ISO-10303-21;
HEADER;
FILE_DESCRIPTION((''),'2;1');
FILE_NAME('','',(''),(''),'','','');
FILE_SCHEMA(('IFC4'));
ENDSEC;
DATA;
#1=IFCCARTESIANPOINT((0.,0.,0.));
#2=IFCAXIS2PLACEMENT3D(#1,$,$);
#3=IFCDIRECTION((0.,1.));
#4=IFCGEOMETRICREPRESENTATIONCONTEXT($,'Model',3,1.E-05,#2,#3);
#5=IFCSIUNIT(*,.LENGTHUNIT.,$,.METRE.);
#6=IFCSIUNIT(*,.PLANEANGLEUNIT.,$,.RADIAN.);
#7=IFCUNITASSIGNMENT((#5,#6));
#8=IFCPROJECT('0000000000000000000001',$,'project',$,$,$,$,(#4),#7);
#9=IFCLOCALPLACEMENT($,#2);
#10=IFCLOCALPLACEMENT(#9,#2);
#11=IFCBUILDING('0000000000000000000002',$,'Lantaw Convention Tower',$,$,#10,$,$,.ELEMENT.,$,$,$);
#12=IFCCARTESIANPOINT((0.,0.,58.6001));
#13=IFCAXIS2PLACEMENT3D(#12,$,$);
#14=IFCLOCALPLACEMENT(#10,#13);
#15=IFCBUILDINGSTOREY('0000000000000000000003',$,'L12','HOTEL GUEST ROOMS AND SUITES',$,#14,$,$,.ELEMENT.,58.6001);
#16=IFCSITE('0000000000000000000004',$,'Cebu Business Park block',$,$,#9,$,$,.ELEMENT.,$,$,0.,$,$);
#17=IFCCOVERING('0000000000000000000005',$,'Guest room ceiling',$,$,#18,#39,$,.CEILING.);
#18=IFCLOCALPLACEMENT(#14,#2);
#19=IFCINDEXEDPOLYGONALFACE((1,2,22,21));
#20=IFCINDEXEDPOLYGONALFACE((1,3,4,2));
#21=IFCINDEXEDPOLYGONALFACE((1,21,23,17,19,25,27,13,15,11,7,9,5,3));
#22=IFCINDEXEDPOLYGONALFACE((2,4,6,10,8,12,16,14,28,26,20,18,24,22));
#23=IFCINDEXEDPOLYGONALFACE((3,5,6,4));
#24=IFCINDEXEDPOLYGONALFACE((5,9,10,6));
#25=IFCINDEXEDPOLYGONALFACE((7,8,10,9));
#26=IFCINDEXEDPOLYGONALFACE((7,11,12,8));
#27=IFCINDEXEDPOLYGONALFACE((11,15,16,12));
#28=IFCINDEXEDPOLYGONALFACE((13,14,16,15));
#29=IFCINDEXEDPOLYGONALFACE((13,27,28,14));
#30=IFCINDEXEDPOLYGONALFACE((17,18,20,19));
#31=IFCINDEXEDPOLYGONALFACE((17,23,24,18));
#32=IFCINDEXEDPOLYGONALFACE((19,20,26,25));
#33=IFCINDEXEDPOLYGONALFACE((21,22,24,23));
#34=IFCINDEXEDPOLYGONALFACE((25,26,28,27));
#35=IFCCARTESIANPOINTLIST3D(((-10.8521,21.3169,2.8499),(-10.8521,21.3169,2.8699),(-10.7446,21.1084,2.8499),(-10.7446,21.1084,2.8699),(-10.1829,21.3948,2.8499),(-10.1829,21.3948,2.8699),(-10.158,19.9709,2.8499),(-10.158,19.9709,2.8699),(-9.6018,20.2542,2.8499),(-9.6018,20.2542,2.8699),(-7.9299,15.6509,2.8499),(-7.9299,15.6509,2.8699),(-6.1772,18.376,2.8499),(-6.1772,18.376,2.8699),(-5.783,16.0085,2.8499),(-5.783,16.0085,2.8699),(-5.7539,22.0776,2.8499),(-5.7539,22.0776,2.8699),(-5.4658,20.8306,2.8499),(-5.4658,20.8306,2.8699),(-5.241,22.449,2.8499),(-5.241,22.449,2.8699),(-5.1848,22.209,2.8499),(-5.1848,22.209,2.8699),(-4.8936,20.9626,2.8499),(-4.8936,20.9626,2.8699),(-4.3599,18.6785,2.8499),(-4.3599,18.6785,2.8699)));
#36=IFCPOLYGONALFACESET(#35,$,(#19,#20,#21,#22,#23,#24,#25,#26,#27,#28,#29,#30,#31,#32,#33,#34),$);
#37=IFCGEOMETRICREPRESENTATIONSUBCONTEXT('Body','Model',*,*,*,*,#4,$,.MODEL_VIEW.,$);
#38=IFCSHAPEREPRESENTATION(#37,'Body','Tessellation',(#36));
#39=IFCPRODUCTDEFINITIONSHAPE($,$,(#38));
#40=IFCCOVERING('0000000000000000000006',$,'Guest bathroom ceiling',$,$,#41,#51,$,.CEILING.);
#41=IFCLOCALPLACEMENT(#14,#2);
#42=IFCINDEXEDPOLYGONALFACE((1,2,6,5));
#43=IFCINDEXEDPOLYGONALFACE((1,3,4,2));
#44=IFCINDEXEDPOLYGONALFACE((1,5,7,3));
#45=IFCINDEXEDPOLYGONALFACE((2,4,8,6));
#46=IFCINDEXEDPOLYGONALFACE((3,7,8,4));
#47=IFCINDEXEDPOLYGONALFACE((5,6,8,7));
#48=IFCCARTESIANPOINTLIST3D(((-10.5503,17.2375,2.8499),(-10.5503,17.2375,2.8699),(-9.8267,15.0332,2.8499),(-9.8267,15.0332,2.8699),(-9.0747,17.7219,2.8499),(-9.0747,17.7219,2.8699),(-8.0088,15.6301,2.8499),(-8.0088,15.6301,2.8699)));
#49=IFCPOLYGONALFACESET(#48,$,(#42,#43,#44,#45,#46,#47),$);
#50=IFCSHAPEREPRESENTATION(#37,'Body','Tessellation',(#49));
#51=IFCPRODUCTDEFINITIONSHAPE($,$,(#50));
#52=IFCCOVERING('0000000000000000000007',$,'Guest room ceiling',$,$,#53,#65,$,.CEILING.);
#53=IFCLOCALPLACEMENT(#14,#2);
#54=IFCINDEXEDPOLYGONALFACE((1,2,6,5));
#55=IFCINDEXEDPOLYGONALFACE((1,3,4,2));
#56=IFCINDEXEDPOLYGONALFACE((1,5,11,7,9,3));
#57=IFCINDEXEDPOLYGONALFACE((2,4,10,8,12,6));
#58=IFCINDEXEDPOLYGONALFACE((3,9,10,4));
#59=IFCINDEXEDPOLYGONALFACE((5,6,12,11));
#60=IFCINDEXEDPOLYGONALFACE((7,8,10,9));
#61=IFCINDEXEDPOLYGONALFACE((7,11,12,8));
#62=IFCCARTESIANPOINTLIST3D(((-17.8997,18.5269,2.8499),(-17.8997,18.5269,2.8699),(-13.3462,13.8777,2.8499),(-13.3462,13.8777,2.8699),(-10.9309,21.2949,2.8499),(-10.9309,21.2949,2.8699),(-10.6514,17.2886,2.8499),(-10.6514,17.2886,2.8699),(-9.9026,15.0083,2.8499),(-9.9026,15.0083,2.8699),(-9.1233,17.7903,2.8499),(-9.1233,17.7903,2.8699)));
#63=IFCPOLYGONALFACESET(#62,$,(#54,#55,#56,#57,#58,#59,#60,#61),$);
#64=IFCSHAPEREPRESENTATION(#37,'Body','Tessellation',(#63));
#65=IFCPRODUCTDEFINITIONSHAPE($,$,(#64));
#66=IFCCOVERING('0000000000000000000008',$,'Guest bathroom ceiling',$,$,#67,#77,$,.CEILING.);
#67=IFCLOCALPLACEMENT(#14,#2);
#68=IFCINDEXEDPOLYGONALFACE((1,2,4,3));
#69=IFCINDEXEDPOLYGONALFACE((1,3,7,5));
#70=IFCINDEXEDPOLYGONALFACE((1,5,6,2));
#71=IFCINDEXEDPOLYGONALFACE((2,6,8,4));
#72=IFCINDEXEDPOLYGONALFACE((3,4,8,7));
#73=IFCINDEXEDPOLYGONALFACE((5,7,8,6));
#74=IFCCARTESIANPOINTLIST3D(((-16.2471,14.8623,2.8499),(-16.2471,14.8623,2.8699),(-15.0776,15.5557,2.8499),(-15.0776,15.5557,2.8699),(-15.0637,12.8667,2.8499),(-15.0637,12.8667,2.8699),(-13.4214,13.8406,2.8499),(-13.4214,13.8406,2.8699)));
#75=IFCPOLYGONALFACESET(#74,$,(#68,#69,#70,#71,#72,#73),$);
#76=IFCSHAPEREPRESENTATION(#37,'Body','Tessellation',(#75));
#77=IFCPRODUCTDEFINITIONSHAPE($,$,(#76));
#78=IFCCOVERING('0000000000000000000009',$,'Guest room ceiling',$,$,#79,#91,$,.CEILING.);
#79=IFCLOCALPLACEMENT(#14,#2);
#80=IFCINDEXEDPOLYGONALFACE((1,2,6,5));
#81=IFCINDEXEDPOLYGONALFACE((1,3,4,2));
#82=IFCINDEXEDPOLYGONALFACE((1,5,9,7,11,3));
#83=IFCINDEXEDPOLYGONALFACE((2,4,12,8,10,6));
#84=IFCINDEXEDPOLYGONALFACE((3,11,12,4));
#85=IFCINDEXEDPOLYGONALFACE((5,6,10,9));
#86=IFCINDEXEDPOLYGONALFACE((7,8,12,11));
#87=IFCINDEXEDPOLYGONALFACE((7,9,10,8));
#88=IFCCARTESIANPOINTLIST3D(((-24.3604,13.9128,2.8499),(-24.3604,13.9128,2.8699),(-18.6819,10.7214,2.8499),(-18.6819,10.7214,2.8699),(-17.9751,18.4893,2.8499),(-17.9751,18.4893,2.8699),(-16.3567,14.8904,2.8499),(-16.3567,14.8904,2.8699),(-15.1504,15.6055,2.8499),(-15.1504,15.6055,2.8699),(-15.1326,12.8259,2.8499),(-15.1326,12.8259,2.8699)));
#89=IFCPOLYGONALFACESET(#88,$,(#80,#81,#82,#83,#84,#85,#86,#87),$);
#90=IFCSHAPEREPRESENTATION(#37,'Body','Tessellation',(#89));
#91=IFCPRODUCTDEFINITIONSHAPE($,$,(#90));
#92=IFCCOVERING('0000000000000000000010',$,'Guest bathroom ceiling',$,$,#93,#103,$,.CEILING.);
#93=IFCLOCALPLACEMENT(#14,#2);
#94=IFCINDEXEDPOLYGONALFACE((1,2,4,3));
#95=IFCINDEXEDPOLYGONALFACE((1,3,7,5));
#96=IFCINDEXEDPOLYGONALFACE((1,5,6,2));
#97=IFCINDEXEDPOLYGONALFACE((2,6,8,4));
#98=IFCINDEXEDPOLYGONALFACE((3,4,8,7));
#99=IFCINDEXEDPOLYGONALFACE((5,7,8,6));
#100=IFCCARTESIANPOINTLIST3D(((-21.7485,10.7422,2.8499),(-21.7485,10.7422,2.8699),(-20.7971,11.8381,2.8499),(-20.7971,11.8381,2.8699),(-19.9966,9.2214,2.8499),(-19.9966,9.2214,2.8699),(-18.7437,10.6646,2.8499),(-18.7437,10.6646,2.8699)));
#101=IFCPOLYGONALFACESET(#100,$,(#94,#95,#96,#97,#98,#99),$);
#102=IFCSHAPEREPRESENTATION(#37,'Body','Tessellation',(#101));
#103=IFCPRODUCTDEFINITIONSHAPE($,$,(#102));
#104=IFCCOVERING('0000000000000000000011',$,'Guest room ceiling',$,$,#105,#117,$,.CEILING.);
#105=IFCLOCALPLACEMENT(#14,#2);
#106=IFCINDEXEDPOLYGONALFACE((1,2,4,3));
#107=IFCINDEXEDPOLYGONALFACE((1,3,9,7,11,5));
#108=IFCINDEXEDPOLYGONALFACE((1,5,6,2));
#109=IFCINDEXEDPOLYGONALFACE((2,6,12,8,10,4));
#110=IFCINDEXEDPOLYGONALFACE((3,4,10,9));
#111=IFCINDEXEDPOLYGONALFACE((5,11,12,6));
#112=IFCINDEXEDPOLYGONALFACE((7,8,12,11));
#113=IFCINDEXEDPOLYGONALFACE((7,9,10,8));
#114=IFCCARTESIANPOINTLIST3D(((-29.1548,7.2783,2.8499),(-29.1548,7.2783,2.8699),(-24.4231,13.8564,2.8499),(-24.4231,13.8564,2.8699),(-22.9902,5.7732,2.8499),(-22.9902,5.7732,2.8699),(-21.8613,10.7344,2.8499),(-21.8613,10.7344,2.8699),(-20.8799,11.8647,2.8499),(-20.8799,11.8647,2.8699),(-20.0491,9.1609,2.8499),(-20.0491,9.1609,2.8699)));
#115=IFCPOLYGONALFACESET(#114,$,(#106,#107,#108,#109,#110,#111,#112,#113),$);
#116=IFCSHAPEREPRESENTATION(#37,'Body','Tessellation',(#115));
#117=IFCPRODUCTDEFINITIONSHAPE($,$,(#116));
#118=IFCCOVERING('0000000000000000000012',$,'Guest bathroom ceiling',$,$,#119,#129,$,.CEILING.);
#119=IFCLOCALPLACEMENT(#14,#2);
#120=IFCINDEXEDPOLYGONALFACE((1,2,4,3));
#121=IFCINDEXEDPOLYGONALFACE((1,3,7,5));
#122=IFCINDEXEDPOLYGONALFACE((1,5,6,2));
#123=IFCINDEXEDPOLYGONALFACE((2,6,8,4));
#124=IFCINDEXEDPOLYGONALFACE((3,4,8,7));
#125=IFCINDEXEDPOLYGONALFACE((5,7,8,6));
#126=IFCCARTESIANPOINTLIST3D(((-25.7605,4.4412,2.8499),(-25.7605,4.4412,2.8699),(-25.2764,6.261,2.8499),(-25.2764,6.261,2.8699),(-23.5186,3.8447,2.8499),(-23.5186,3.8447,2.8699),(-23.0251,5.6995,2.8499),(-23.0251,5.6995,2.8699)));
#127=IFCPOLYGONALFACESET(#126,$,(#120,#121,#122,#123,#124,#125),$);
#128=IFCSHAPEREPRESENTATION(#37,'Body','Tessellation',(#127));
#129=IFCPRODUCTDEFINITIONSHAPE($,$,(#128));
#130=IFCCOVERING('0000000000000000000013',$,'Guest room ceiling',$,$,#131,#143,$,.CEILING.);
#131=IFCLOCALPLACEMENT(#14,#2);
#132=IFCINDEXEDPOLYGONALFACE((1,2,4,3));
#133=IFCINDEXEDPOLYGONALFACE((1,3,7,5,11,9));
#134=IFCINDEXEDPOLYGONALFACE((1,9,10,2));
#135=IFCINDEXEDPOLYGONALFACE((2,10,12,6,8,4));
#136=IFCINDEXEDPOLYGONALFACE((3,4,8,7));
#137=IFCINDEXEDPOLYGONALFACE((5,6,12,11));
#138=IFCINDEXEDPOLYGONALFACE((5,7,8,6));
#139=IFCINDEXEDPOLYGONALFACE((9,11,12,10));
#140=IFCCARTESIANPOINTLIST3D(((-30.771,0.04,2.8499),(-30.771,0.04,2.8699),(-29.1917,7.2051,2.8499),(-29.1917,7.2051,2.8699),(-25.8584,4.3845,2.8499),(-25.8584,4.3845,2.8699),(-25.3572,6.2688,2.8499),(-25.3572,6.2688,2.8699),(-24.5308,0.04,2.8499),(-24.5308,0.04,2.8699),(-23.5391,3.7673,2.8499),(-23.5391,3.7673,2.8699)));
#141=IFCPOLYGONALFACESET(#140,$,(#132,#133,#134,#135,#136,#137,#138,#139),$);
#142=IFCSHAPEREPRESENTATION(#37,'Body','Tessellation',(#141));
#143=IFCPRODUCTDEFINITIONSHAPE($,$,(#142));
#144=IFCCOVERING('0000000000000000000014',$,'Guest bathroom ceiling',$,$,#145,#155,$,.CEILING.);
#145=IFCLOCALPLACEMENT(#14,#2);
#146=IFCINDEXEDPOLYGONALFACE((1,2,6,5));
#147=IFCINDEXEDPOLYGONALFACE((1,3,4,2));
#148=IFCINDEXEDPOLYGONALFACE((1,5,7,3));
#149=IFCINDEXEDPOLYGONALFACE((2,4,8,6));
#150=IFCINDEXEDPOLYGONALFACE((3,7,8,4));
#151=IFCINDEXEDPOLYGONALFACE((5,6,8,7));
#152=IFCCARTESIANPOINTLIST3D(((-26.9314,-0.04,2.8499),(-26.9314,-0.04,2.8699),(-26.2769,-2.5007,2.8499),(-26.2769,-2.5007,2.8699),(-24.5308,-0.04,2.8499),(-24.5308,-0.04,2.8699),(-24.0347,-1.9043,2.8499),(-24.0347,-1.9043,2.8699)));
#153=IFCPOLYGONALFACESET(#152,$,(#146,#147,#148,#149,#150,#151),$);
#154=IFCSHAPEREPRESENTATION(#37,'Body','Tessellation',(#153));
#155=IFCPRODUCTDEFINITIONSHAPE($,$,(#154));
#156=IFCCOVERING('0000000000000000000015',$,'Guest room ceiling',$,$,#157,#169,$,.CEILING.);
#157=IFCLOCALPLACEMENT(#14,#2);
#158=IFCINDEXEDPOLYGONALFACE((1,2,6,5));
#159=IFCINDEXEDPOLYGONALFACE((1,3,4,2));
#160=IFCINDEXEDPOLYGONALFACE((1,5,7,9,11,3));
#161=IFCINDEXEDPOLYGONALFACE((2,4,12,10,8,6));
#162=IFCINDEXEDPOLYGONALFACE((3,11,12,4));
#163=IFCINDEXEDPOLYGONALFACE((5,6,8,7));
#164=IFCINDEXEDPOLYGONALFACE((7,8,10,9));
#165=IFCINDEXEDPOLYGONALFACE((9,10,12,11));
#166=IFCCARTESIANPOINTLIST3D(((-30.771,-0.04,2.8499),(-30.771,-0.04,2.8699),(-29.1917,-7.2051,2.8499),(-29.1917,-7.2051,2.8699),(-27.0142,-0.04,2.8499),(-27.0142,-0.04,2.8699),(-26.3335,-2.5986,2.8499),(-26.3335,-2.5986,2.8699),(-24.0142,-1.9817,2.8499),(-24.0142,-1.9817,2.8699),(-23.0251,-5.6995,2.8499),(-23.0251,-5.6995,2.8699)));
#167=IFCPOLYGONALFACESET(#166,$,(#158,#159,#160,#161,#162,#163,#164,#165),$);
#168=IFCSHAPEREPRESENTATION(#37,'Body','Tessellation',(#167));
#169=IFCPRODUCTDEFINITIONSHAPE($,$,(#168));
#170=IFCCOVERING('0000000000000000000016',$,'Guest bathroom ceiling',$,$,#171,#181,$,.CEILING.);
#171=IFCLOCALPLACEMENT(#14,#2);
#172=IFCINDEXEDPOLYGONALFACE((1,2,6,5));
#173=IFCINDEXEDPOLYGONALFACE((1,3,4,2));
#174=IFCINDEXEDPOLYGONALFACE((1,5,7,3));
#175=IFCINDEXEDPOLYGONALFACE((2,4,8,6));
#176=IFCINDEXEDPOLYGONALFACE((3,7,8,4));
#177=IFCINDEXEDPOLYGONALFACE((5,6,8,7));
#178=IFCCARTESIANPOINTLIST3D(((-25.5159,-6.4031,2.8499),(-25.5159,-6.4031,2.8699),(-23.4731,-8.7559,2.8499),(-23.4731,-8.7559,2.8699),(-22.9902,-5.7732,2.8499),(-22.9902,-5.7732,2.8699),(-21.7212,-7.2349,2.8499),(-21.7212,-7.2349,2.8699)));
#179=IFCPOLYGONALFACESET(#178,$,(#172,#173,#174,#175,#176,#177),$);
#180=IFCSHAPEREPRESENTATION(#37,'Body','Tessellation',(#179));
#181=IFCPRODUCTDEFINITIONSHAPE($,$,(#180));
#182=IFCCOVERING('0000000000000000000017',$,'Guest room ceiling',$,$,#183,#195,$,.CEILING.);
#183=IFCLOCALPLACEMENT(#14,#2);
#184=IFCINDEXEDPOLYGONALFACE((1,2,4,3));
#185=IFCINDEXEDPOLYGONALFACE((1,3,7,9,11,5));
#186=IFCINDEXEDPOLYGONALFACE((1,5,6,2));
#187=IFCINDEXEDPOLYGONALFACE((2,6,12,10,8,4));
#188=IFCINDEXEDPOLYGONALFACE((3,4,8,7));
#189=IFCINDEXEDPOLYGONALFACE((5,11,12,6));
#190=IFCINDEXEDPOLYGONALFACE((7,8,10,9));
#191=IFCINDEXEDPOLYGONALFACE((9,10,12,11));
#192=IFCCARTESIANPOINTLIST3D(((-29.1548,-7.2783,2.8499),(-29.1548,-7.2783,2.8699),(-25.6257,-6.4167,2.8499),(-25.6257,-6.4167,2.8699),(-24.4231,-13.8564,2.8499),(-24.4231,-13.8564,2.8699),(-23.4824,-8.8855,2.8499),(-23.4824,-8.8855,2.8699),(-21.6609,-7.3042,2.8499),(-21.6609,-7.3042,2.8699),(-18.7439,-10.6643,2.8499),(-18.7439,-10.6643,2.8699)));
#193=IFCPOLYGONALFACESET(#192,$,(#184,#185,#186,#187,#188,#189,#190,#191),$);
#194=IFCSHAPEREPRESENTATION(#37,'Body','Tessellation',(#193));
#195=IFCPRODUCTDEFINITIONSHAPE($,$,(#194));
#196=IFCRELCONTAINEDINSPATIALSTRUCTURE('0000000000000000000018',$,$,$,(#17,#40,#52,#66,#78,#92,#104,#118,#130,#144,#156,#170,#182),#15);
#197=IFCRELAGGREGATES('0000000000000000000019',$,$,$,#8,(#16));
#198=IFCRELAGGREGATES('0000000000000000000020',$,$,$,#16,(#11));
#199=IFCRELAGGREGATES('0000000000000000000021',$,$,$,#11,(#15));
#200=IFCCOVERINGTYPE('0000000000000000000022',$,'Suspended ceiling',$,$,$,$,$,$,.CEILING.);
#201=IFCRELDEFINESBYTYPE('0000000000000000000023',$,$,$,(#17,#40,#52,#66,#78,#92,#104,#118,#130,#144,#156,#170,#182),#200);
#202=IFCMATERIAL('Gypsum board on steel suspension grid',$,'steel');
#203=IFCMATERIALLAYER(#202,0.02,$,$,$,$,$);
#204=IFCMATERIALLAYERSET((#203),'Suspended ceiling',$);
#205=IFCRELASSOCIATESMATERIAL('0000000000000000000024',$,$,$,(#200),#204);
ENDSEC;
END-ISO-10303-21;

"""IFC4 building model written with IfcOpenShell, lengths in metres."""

from ifc_helpers import new_model, si_unit, direction, frame, origin, place, context, subcontext, project, spatial, polyline, outline, extrude, material, layer, layer_set, type_object, element, save


model = new_model("IFC4")

# Units and contexts
model_context = context("Model", 3, precision=1e-05, world=origin(), true_north=direction((0.0, 1.0)))
body_context = subcontext(model_context, "Body", "Model", "MODEL_VIEW")
ifc_project = project(units=[si_unit("LENGTHUNIT", "METRE"), si_unit("PLANEANGLEUNIT", "RADIAN")], contexts=[model_context])

# Site, building, storey
site_placement = place(None, origin())
site = spatial("IfcSite", under=ifc_project, at=site_placement, Name="Cebu Business Park block", CompositionType="ELEMENT", RefElevation=0.0)
building_placement = place(site_placement, origin())
building = spatial("IfcBuilding", under=site, at=building_placement, Name="Lantaw Convention Tower", CompositionType="ELEMENT")
storey_placement = place(building_placement, frame((0.0, 0.0, 58.6001)))
storey = spatial("IfcBuildingStorey", under=building, at=storey_placement, Name="L12", Description="HOTEL GUEST ROOMS AND SUITES", CompositionType="ELEMENT", Elevation=58.6001)

# Coverings
ifc_material_1 = material(Name="Gypsum board on steel suspension grid", Category="steel")
ifc_layer_1 = layer(ifc_material_1, 0.02)
ifc_layer_set_1 = layer_set([ifc_layer_1], Name="Suspended ceiling")
covering_type = type_object("IfcCoveringType", Name="Suspended ceiling", PredefinedType="CEILING", material=ifc_layer_set_1)
covering_1_placement = place(storey_placement, frame((0.0, 0.0, 2.8499)))
element("IfcCovering", 1, at=covering_1_placement, inside=storey, type_object=covering_type, Name="Guest room ceiling", PredefinedType="CEILING", context=body_context, shape_type="SweptSolid", body=[
    extrude(outline(polyline([(-10.158, 19.9709), (-7.9299, 15.6509), (-5.783, 16.0085), (-6.1772, 18.376), (-4.3599, 18.6785), (-4.8936, 20.9626), (-5.4658, 20.8306), (-5.7539, 22.0776), (-5.1848, 22.209), (-5.241, 22.449), (-10.8521, 21.3169), (-10.7446, 21.1084), (-10.1829, 21.3948), (-9.6018, 20.2542), (-10.158, 19.9709)])), origin(), (0.0, 0.0, 1.0), 0.02),
])
covering_2_placement = place(storey_placement, frame((0.0, 0.0, 2.8499)))
element("IfcCovering", 2, at=covering_2_placement, inside=storey, type_object=covering_type, Name="Guest bathroom ceiling", PredefinedType="CEILING", context=body_context, shape_type="SweptSolid", body=[
    extrude(outline(polyline([(-8.0088, 15.6301), (-9.0747, 17.7219), (-10.5503, 17.2375), (-9.8267, 15.0332), (-8.0088, 15.6301)])), origin(), (0.0, 0.0, 1.0), 0.02),
])
covering_3_placement = place(storey_placement, frame((0.0, 0.0, 2.8499)))
element("IfcCovering", 3, at=covering_3_placement, inside=storey, type_object=covering_type, Name="Guest room ceiling", PredefinedType="CEILING", context=body_context, shape_type="SweptSolid", body=[
    extrude(outline(polyline([(-13.3462, 13.8777), (-9.9026, 15.0083), (-10.6514, 17.2886), (-9.1233, 17.7903), (-10.9309, 21.2949), (-17.8997, 18.5269), (-13.3462, 13.8777)])), origin(), (0.0, 0.0, 1.0), 0.02),
])
covering_4_placement = place(storey_placement, frame((0.0, 0.0, 2.8499)))
element("IfcCovering", 4, at=covering_4_placement, inside=storey, type_object=covering_type, Name="Guest bathroom ceiling", PredefinedType="CEILING", context=body_context, shape_type="SweptSolid", body=[
    extrude(outline(polyline([(-13.4214, 13.8406), (-15.0776, 15.5557), (-16.2471, 14.8623), (-15.0637, 12.8667), (-13.4214, 13.8406)])), origin(), (0.0, 0.0, 1.0), 0.02),
])
covering_5_placement = place(storey_placement, frame((0.0, 0.0, 2.8499)))
element("IfcCovering", 5, at=covering_5_placement, inside=storey, type_object=covering_type, Name="Guest room ceiling", PredefinedType="CEILING", context=body_context, shape_type="SweptSolid", body=[
    extrude(outline(polyline([(-18.6819, 10.7214), (-15.1326, 12.8259), (-16.3567, 14.8904), (-15.1504, 15.6055), (-17.9751, 18.4893), (-24.3604, 13.9128), (-18.6819, 10.7214)])), origin(), (0.0, 0.0, 1.0), 0.02),
])
covering_6_placement = place(storey_placement, frame((0.0, 0.0, 2.8499)))
element("IfcCovering", 6, at=covering_6_placement, inside=storey, type_object=covering_type, Name="Guest bathroom ceiling", PredefinedType="CEILING", context=body_context, shape_type="SweptSolid", body=[
    extrude(outline(polyline([(-18.7437, 10.6646), (-20.7971, 11.8381), (-21.7485, 10.7422), (-19.9966, 9.2214), (-18.7437, 10.6646)])), origin(), (0.0, 0.0, 1.0), 0.02),
])
covering_7_placement = place(storey_placement, frame((0.0, 0.0, 2.8499)))
element("IfcCovering", 7, at=covering_7_placement, inside=storey, type_object=covering_type, Name="Guest room ceiling", PredefinedType="CEILING", context=body_context, shape_type="SweptSolid", body=[
    extrude(outline(polyline([(-22.9902, 5.7732), (-20.0491, 9.1609), (-21.8613, 10.7344), (-20.8799, 11.8647), (-24.4231, 13.8564), (-29.1548, 7.2783), (-22.9902, 5.7732)])), origin(), (0.0, 0.0, 1.0), 0.02),
])
covering_8_placement = place(storey_placement, frame((0.0, 0.0, 2.8499)))
element("IfcCovering", 8, at=covering_8_placement, inside=storey, type_object=covering_type, Name="Guest bathroom ceiling", PredefinedType="CEILING", context=body_context, shape_type="SweptSolid", body=[
    extrude(outline(polyline([(-23.0251, 5.6995), (-25.2764, 6.261), (-25.7605, 4.4412), (-23.5186, 3.8447), (-23.0251, 5.6995)])), origin(), (0.0, 0.0, 1.0), 0.02),
])
covering_9_placement = place(storey_placement, frame((0.0, 0.0, 2.8499)))
element("IfcCovering", 9, at=covering_9_placement, inside=storey, type_object=covering_type, Name="Guest room ceiling", PredefinedType="CEILING", context=body_context, shape_type="SweptSolid", body=[
    extrude(outline(polyline([(-24.5308, 0.04), (-23.5391, 3.7673), (-25.8584, 4.3845), (-25.3572, 6.2688), (-29.1917, 7.2051), (-30.771, 0.04), (-24.5308, 0.04)])), origin(), (0.0, 0.0, 1.0), 0.02),
])
covering_10_placement = place(storey_placement, frame((0.0, 0.0, 2.8499)))
element("IfcCovering", 10, at=covering_10_placement, inside=storey, type_object=covering_type, Name="Guest bathroom ceiling", PredefinedType="CEILING", context=body_context, shape_type="SweptSolid", body=[
    extrude(outline(polyline([(-24.5308, -0.04), (-26.9314, -0.04), (-26.2769, -2.5007), (-24.0347, -1.9043), (-24.5308, -0.04)])), origin(), (0.0, 0.0, 1.0), 0.02),
])
covering_11_placement = place(storey_placement, frame((0.0, 0.0, 2.8499)))
element("IfcCovering", 11, at=covering_11_placement, inside=storey, type_object=covering_type, Name="Guest room ceiling", PredefinedType="CEILING", context=body_context, shape_type="SweptSolid", body=[
    extrude(outline(polyline([(-24.0142, -1.9817), (-26.3335, -2.5986), (-27.0142, -0.04), (-30.771, -0.04), (-29.1917, -7.2051), (-23.0251, -5.6995), (-24.0142, -1.9817)])), origin(), (0.0, 0.0, 1.0), 0.02),
])
covering_12_placement = place(storey_placement, frame((0.0, 0.0, 2.8499)))
element("IfcCovering", 12, at=covering_12_placement, inside=storey, type_object=covering_type, Name="Guest bathroom ceiling", PredefinedType="CEILING", context=body_context, shape_type="SweptSolid", body=[
    extrude(outline(polyline([(-22.9902, -5.7732), (-25.5159, -6.4031), (-23.4731, -8.7559), (-21.7212, -7.2349), (-22.9902, -5.7732)])), origin(), (0.0, 0.0, 1.0), 0.02),
])
covering_13_placement = place(storey_placement, frame((0.0, 0.0, 2.8499)))
element("IfcCovering", 13, at=covering_13_placement, inside=storey, type_object=covering_type, Name="Guest room ceiling", PredefinedType="CEILING", context=body_context, shape_type="SweptSolid", body=[
    extrude(outline(polyline([(-25.6257, -6.4167), (-29.1548, -7.2783), (-24.4231, -13.8564), (-18.7439, -10.6643), (-21.6609, -7.3042), (-23.4824, -8.8855), (-25.6257, -6.4167)])), origin(), (0.0, 0.0, 1.0), 0.02),
])

save(model, "model.ifc")
